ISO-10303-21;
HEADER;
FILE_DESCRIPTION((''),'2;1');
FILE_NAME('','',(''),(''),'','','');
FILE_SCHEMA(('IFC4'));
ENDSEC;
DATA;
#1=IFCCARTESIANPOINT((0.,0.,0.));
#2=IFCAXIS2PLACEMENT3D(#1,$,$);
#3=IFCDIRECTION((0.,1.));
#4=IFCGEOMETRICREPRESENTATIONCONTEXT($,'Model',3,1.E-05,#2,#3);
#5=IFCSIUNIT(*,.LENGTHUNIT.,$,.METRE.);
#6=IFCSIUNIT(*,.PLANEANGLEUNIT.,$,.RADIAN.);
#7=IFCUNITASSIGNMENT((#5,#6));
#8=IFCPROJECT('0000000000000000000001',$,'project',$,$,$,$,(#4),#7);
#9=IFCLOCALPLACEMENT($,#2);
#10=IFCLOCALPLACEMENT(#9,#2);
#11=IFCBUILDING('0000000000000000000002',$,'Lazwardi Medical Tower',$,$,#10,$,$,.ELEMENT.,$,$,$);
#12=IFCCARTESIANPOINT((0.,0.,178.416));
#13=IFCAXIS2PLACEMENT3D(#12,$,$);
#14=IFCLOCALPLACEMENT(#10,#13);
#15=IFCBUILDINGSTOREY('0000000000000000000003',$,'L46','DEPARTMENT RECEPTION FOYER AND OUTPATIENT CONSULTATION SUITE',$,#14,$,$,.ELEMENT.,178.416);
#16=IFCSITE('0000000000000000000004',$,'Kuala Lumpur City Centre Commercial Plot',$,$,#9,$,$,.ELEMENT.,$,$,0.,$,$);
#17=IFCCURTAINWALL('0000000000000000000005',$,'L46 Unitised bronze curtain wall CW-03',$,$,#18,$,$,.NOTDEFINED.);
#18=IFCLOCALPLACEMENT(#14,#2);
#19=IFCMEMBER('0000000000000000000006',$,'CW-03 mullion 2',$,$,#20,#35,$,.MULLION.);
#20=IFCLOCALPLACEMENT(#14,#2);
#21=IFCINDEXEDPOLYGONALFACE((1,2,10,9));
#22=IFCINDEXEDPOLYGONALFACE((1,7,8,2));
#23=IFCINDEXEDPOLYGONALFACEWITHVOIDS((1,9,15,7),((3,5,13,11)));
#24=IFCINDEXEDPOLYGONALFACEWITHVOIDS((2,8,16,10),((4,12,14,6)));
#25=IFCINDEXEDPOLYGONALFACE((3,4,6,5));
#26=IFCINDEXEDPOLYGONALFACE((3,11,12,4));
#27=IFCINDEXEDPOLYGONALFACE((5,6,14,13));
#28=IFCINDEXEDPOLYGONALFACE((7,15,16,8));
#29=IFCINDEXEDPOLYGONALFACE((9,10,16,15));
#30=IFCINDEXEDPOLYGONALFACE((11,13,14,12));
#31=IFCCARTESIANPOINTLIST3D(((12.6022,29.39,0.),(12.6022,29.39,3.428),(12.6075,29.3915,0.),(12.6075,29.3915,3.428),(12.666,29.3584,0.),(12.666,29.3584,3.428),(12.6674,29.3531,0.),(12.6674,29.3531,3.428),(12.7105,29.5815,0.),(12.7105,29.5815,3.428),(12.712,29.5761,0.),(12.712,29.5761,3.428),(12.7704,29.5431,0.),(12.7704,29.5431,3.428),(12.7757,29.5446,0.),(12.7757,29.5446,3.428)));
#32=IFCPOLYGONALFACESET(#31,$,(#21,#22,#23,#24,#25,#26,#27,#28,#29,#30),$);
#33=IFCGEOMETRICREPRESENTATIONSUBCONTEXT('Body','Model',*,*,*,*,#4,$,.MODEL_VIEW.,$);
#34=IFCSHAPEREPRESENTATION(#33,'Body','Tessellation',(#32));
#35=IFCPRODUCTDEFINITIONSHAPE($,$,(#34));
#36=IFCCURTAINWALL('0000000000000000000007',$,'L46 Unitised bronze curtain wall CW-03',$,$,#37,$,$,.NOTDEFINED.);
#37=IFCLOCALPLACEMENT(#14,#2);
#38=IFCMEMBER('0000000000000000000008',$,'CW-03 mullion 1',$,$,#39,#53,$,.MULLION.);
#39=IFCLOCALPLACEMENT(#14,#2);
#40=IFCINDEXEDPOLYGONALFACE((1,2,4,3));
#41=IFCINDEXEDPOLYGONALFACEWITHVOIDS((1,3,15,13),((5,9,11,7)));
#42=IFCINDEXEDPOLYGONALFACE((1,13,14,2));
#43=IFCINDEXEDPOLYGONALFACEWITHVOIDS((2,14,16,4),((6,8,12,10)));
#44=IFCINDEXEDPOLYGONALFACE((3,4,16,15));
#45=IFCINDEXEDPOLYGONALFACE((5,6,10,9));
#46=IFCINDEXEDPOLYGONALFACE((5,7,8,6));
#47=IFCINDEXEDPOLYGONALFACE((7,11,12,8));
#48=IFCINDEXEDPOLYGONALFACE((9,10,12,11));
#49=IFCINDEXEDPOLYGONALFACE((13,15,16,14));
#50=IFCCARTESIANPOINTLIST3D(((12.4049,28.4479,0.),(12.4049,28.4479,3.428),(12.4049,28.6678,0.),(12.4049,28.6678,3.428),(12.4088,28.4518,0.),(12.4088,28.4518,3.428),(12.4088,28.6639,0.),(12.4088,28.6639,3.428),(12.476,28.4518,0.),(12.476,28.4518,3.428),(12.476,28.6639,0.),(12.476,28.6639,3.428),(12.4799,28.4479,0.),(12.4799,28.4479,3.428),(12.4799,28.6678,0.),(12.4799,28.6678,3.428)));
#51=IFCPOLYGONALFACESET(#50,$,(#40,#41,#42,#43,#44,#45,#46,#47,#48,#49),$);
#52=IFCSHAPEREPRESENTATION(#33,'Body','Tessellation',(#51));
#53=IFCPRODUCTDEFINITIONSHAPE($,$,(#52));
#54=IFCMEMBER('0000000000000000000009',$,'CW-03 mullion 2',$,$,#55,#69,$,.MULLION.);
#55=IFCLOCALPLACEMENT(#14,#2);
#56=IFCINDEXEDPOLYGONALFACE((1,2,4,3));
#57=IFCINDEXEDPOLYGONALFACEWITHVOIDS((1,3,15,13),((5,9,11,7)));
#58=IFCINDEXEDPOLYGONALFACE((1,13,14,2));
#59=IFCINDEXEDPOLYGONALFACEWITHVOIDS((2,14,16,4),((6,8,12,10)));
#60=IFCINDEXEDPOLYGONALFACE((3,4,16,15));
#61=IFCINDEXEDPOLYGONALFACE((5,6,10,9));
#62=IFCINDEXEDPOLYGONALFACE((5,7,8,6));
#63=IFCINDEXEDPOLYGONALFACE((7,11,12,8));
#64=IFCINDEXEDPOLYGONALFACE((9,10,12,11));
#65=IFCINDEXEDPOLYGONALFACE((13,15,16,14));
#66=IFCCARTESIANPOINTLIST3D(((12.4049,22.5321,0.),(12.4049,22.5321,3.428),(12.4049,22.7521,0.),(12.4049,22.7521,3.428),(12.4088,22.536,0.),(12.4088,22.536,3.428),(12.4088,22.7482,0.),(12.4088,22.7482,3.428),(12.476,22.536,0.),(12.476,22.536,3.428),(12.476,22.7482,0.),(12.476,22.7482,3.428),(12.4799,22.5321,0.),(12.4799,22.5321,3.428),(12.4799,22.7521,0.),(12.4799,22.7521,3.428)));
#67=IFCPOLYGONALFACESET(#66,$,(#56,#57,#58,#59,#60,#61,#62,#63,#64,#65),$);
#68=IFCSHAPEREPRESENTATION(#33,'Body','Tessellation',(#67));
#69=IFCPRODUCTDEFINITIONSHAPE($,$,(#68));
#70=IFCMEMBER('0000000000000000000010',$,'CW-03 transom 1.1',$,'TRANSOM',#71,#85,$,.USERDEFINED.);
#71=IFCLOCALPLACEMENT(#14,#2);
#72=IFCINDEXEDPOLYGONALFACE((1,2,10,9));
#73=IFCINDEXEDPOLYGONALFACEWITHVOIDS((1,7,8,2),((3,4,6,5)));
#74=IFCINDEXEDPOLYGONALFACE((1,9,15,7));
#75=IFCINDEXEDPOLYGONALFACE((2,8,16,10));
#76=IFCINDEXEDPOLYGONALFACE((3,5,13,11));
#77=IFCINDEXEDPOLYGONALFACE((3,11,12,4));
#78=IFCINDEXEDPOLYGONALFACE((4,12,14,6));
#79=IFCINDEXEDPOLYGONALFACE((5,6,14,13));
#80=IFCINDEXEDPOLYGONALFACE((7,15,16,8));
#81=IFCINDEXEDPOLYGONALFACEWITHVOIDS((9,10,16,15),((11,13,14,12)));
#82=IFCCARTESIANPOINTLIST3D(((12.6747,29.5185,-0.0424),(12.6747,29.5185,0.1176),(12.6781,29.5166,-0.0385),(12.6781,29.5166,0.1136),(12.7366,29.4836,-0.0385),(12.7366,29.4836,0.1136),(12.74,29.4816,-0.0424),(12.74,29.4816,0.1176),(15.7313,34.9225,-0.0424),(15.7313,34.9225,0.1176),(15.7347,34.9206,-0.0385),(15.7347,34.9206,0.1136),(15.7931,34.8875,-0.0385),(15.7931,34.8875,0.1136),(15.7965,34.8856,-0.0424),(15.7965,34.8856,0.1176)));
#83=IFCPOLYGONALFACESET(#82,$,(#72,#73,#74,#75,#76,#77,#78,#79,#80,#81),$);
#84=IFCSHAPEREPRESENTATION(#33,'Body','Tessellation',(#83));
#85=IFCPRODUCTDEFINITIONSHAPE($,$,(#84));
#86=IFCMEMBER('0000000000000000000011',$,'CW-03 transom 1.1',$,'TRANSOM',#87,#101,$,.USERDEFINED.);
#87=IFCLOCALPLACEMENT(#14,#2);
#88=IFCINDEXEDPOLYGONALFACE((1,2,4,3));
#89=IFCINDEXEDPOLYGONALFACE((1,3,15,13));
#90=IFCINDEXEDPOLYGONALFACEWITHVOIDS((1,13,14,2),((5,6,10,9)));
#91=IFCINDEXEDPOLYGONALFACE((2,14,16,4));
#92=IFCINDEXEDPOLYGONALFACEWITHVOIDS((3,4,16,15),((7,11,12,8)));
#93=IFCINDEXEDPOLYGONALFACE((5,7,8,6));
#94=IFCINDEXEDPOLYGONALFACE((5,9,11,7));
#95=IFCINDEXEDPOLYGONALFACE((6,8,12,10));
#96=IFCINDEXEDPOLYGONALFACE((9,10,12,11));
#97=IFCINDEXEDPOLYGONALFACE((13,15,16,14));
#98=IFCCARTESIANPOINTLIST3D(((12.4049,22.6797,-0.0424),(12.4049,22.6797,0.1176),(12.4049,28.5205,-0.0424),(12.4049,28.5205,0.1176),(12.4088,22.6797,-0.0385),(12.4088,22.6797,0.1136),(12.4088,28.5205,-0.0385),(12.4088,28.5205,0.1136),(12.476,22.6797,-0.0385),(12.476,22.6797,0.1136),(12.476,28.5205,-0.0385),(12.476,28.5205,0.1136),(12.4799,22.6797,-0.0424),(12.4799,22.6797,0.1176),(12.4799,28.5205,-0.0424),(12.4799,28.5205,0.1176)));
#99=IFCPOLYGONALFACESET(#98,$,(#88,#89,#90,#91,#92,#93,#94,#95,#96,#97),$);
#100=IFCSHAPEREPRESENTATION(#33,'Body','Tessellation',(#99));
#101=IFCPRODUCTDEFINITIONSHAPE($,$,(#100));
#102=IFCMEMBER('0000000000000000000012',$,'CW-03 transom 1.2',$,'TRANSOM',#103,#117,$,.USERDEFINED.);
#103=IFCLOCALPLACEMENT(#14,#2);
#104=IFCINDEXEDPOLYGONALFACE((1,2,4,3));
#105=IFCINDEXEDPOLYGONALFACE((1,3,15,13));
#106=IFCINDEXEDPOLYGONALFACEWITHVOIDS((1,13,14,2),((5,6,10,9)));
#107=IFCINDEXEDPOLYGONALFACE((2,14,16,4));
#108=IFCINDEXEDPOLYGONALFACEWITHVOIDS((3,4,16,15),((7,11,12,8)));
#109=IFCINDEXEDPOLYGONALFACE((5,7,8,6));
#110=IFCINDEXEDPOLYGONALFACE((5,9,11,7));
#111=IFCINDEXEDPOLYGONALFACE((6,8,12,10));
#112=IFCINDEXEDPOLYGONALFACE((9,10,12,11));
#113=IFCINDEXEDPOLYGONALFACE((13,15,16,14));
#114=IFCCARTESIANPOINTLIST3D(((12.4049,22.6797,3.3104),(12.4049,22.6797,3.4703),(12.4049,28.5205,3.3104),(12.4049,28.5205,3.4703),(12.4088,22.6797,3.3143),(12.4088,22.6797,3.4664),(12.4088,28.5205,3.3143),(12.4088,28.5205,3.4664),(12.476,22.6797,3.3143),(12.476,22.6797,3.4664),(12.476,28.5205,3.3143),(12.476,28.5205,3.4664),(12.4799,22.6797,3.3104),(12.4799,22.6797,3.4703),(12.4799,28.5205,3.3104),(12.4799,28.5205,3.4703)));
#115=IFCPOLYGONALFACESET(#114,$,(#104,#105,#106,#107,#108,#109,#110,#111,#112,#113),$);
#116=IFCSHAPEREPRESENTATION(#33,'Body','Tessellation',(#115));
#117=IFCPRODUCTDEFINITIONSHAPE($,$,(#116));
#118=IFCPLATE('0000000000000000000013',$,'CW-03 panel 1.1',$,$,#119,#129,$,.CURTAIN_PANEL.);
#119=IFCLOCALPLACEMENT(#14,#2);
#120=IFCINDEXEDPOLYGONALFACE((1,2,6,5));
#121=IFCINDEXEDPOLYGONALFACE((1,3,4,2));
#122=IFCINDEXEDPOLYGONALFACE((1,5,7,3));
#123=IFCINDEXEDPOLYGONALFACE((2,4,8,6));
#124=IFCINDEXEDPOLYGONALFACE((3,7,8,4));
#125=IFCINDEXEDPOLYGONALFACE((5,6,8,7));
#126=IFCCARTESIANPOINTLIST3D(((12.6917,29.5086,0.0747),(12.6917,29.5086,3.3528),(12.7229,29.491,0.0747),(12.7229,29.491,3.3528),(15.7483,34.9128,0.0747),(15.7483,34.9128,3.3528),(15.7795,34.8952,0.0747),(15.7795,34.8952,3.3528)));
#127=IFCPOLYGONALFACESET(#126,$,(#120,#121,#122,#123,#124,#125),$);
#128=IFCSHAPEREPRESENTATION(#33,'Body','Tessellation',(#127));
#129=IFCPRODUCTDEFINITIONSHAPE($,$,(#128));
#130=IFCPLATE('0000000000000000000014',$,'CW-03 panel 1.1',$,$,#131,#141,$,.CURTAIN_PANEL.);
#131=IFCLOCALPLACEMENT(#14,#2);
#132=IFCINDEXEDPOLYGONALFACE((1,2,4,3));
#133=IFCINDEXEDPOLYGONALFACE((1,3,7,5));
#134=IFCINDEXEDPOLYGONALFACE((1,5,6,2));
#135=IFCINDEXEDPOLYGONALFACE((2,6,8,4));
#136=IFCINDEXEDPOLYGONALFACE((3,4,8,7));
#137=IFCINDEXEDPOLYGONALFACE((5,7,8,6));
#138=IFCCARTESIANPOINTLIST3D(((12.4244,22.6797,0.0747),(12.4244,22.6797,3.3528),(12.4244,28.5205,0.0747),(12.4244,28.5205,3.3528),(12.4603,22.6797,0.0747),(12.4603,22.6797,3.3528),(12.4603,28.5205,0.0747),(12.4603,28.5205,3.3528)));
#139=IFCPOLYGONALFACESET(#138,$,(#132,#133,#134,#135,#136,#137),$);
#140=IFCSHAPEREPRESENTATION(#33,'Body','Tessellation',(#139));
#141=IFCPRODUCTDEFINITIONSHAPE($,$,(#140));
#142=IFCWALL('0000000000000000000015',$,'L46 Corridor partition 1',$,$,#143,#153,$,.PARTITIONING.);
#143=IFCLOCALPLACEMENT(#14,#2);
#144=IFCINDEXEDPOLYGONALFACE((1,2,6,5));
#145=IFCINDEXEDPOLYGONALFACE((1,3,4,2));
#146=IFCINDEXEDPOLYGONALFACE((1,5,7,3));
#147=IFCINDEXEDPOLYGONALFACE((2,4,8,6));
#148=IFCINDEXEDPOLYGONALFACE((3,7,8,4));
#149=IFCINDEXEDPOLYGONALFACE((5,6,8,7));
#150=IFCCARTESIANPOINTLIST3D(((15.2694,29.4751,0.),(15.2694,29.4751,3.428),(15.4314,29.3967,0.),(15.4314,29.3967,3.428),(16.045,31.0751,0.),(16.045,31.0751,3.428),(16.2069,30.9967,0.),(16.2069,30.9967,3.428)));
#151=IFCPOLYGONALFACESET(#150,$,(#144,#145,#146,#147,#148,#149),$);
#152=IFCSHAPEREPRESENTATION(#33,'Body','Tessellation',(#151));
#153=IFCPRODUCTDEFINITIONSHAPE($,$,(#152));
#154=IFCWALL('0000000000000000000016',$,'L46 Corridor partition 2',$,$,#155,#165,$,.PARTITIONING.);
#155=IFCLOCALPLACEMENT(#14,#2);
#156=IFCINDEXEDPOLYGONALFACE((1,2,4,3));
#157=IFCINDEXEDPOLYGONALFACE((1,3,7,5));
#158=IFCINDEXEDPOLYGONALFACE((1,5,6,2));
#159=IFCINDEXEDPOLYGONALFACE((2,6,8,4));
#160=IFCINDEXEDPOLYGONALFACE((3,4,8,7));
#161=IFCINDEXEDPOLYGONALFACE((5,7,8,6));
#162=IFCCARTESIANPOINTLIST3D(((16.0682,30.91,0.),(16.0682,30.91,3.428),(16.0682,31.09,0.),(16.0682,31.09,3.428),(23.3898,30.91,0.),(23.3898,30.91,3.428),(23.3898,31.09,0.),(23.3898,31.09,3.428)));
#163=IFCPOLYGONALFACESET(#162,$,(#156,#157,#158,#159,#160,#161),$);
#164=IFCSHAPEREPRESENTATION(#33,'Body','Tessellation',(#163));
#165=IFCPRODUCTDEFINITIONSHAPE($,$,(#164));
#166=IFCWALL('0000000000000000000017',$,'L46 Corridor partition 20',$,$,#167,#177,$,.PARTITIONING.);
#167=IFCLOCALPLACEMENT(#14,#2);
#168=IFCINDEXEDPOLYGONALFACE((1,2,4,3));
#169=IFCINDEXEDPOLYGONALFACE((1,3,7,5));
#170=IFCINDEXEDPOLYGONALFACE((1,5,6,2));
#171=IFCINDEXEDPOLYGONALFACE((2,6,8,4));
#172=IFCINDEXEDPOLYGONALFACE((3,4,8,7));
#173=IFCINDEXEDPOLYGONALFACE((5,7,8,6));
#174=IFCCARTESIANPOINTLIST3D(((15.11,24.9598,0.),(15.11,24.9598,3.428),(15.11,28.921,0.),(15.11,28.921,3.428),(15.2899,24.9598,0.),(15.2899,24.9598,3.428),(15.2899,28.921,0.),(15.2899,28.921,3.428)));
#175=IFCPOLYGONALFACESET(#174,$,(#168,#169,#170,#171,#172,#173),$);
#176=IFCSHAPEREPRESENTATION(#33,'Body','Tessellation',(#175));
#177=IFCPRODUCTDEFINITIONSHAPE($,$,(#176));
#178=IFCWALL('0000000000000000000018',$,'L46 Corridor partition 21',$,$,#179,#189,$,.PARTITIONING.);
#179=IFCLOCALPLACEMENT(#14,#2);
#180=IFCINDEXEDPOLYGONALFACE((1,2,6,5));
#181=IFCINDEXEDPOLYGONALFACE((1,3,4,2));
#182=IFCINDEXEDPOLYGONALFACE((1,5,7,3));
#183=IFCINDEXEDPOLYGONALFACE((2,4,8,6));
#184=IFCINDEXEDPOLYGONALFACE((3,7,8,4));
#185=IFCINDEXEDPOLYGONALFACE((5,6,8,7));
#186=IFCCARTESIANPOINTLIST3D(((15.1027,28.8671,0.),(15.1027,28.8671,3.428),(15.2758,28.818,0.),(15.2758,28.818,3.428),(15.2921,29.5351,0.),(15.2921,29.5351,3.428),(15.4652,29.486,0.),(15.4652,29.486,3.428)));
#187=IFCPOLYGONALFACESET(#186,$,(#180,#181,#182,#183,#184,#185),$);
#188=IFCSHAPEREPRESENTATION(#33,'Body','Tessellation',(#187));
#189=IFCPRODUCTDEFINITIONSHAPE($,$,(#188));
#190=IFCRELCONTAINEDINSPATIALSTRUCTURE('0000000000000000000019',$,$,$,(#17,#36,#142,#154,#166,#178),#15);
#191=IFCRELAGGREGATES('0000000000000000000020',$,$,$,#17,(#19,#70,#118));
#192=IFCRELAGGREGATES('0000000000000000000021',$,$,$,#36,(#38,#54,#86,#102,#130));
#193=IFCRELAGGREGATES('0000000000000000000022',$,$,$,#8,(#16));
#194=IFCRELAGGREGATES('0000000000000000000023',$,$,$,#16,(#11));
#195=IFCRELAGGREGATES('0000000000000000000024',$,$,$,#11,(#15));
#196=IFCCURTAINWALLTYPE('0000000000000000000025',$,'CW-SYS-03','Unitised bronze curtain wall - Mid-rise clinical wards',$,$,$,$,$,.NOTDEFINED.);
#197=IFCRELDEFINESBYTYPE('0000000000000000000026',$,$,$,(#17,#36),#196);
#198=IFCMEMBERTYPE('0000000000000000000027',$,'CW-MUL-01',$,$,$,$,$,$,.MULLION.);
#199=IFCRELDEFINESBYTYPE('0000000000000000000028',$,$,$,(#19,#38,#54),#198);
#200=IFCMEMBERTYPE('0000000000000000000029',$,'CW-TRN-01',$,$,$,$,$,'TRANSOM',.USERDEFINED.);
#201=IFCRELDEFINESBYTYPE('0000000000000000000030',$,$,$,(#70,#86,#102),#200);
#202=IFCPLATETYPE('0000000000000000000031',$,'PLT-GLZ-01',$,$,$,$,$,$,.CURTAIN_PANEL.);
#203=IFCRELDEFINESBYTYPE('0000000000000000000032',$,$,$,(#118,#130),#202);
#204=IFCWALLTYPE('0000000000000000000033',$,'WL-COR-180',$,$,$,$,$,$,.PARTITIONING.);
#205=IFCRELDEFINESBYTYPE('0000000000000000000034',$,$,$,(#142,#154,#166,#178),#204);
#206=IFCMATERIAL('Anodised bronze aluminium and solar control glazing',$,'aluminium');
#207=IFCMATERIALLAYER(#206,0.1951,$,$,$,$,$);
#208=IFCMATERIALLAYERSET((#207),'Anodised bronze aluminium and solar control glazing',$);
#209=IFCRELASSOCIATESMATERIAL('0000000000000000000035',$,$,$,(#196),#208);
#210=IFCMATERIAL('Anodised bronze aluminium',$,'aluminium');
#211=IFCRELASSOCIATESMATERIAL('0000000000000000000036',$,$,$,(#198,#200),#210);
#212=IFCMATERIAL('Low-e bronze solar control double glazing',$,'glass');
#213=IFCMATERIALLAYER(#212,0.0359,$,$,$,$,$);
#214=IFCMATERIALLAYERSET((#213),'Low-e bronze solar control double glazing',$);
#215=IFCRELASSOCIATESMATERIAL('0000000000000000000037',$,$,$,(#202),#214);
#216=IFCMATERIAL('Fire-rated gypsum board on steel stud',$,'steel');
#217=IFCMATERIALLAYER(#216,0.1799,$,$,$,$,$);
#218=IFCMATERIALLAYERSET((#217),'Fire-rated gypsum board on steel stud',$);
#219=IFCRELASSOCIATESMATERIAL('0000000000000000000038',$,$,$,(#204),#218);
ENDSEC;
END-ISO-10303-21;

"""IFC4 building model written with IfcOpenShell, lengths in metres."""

from ifc_helpers import new_model, si_unit, direction, frame, frame_2d, origin, origin_2d, place, context, subcontext, project, spatial, rectangle, hollow_rectangle, extrude, material, layer, layer_set, material_profile, profile_set, type_object, element, aggregate, save


model = new_model("IFC4")

# Units and contexts
model_context = context("Model", 3, precision=1e-05, world=origin(), true_north=direction((0.0, 1.0)))
body_context = subcontext(model_context, "Body", "Model", "MODEL_VIEW")
ifc_project = project(units=[si_unit("LENGTHUNIT", "METRE"), si_unit("PLANEANGLEUNIT", "RADIAN")], contexts=[model_context])

# Site, building, storey
site_placement = place(None, origin())
site = spatial("IfcSite", under=ifc_project, at=site_placement, Name="Kuala Lumpur City Centre Commercial Plot", CompositionType="ELEMENT", RefElevation=0.0)
building_placement = place(site_placement, origin())
building = spatial("IfcBuilding", under=site, at=building_placement, Name="Lazwardi Medical Tower", CompositionType="ELEMENT")
storey_placement = place(building_placement, frame((0.0, 0.0, 178.416)))
storey = spatial("IfcBuildingStorey", under=building, at=storey_placement, Name="L46", Description="DEPARTMENT RECEPTION FOYER AND OUTPATIENT CONSULTATION SUITE", CompositionType="ELEMENT", Elevation=178.416)

# Curtain wall, member
ifc_material_1 = material(Name="Anodised bronze aluminium and solar control glazing", Category="aluminium")
ifc_layer_1 = layer(ifc_material_1, 0.1951)
ifc_layer_set_1 = layer_set([ifc_layer_1], Name="Anodised bronze aluminium and solar control glazing")
curtain_wall_type = type_object("IfcCurtainWallType", Name="CW-SYS-03", Description="Unitised bronze curtain wall - Mid-rise clinical wards", PredefinedType="NOTDEFINED", material=ifc_layer_set_1)
curtain_wall_1_placement = place(storey_placement, origin())
curtain_wall_1 = element("IfcCurtainWall", 1, at=curtain_wall_1_placement, inside=storey, type_object=curtain_wall_type, Name="L46 Unitised bronze curtain wall CW-03", PredefinedType="NOTDEFINED")
ifc_material_2 = material(Name="Anodised bronze aluminium", Category="aluminium")
ifc_material_profile_1 = material_profile(ifc_material_2, hollow_rectangle(XDim=0.075, YDim=0.22, WallThickness=0.0039, at=origin_2d()), Name="ALU-MULLION 220x75x4")
ifc_profile_set_1 = profile_set([ifc_material_profile_1], Name="Anodised bronze aluminium")
member_type_1 = type_object("IfcMemberType", Name="CW-MUL-01", PredefinedType="MULLION", material=ifc_profile_set_1)
member_1_placement = place(storey_placement, frame((12.689, 29.4673, 0.0), z_axis=(0.0, 0.0, 1.0), x_axis=(0.870419, -0.492312, 0.0)))
member_1 = element("IfcMember", 2, at=member_1_placement, type_object=member_type_1, Name="CW-03 mullion 2", PredefinedType="MULLION", context=body_context, shape_type="SweptSolid", body=[
    extrude(hollow_rectangle(XDim=0.075, YDim=0.22, WallThickness=0.0039, at=origin_2d()), origin(), (0.0, 0.0, 1.0), 3.428),
])

# Curtain wall, members
curtain_wall_2_placement = place(storey_placement, origin())
curtain_wall_2 = element("IfcCurtainWall", 3, at=curtain_wall_2_placement, inside=storey, type_object=curtain_wall_type, Name="L46 Unitised bronze curtain wall CW-03", PredefinedType="NOTDEFINED")
member_2_placement = place(storey_placement, frame((12.4424, 28.5579, 0.0), z_axis=(0.0, 0.0, 1.0), x_axis=(1.0, 0.0, 0.0)))
member_2 = element("IfcMember", 4, at=member_2_placement, type_object=member_type_1, Name="CW-03 mullion 1", PredefinedType="MULLION", context=body_context, shape_type="SweptSolid", body=[
    extrude(hollow_rectangle(XDim=0.075, YDim=0.22, WallThickness=0.0039, at=origin_2d()), origin(), (0.0, 0.0, 1.0), 3.428),
])
member_3_placement = place(storey_placement, frame((12.4424, 22.6421, 0.0), z_axis=(0.0, 0.0, 1.0), x_axis=(1.0, 0.0, 0.0)))
member_3 = element("IfcMember", 5, at=member_3_placement, type_object=member_type_1, Name="CW-03 mullion 2", PredefinedType="MULLION", context=body_context, shape_type="SweptSolid", body=[
    extrude(hollow_rectangle(XDim=0.075, YDim=0.22, WallThickness=0.0039, at=origin_2d()), origin(), (0.0, 0.0, 1.0), 3.428),
])

# Members
ifc_material_profile_2 = material_profile(ifc_material_2, hollow_rectangle(XDim=0.075, YDim=0.1599, WallThickness=0.0039, at=origin_2d()), Name="ALU-TRANSOM 160x75x4")
ifc_profile_set_2 = profile_set([ifc_material_profile_2], Name="Anodised bronze aluminium")
member_type_2 = type_object("IfcMemberType", Name="CW-TRN-01", ElementType="TRANSOM", PredefinedType="USERDEFINED", material=ifc_profile_set_2)
member_4_placement = place(storey_placement, frame((15.7639, 34.9041, 0.0376), z_axis=(-0.492323, -0.870413, 0.0), x_axis=(0.870413, -0.492323, 0.0)))
member_4 = element("IfcMember", 6, at=member_4_placement, type_object=member_type_2, Name="CW-03 transom 1.1", ObjectType="TRANSOM", PredefinedType="USERDEFINED", context=body_context, shape_type="SweptSolid", body=[
    extrude(hollow_rectangle(XDim=0.075, YDim=0.1599, WallThickness=0.0039, at=origin_2d()), origin(), (0.0, 0.0, 1.0), 6.2085),
])
member_5_placement = place(storey_placement, frame((12.4424, 28.5205, 0.0376), z_axis=(0.0, -1.0, 0.0), x_axis=(1.0, 0.0, 0.0)))
member_5 = element("IfcMember", 7, at=member_5_placement, type_object=member_type_2, Name="CW-03 transom 1.1", ObjectType="TRANSOM", PredefinedType="USERDEFINED", context=body_context, shape_type="SweptSolid", body=[
    extrude(hollow_rectangle(XDim=0.075, YDim=0.1599, WallThickness=0.0039, at=origin_2d()), origin(), (0.0, 0.0, 1.0), 5.8408),
])
member_6_placement = place(storey_placement, frame((12.4424, 28.5205, 3.3904), z_axis=(0.0, -1.0, 0.0), x_axis=(1.0, 0.0, 0.0)))
member_6 = element("IfcMember", 8, at=member_6_placement, type_object=member_type_2, Name="CW-03 transom 1.2", ObjectType="TRANSOM", PredefinedType="USERDEFINED", context=body_context, shape_type="SweptSolid", body=[
    extrude(hollow_rectangle(XDim=0.075, YDim=0.1599, WallThickness=0.0039, at=origin_2d()), origin(), (0.0, 0.0, 1.0), 5.8408),
])

# Plates
ifc_material_3 = material(Name="Low-e bronze solar control double glazing", Category="glass")
ifc_layer_2 = layer(ifc_material_3, 0.0359)
ifc_layer_set_2 = layer_set([ifc_layer_2], Name="Low-e bronze solar control double glazing")
plate_type = type_object("IfcPlateType", Name="PLT-GLZ-01", PredefinedType="CURTAIN_PANEL", material=ifc_layer_set_2)
plate_1_placement = place(storey_placement, frame((14.2356, 32.2019, 0.0747), z_axis=(0.0, 0.0, 1.0), x_axis=(-0.492312, -0.870419, 0.0)))
plate_1 = element("IfcPlate", 9, at=plate_1_placement, type_object=plate_type, Name="CW-03 panel 1.1", PredefinedType="CURTAIN_PANEL", context=body_context, shape_type="SweptSolid", body=[
    extrude(rectangle(XDim=6.2087, YDim=0.0359, at=origin_2d()), origin(), (0.0, 0.0, 1.0), 3.2781),
])
aggregate(curtain_wall_1, [member_1, member_4, plate_1])
plate_2_placement = place(storey_placement, frame((12.4424, 25.6001, 0.0747), z_axis=(0.0, 0.0, 1.0), x_axis=(0.0, -1.0, 0.0)))
plate_2 = element("IfcPlate", 10, at=plate_2_placement, type_object=plate_type, Name="CW-03 panel 1.1", PredefinedType="CURTAIN_PANEL", context=body_context, shape_type="SweptSolid", body=[
    extrude(rectangle(XDim=5.8408, YDim=0.0359, at=origin_2d()), origin(), (0.0, 0.0, 1.0), 3.2781),
])
aggregate(curtain_wall_2, [member_2, member_3, member_5, member_6, plate_2])

# Walls
ifc_material_4 = material(Name="Fire-rated gypsum board on steel stud", Category="steel")
ifc_layer_3 = layer(ifc_material_4, 0.1799)
ifc_layer_set_3 = layer_set([ifc_layer_3], Name="Fire-rated gypsum board on steel stud")
wall_type_1 = type_object("IfcWallType", Name="WL-COR-180", PredefinedType="PARTITIONING", material=ifc_layer_set_3)
wall_1_placement = place(storey_placement, frame((15.3503, 29.4358, 0.0), z_axis=(0.0, 0.0, 1.0), x_axis=(0.436196, 0.899852, 0.0)))
element("IfcWall", 11, at=wall_1_placement, inside=storey, type_object=wall_type_1, Name="L46 Corridor partition 1", PredefinedType="PARTITIONING", context=body_context, shape_type="SweptSolid", body=[
    extrude(rectangle(XDim=1.7781, YDim=0.1799, at=frame_2d((0.8892, 0.0))), origin(), (0.0, 0.0, 1.0), 3.428),
])
wall_2_placement = place(storey_placement, frame((16.0684, 31.0, 0.0), z_axis=(0.0, 0.0, 1.0), x_axis=(1.0, 0.0, 0.0)))
element("IfcWall", 12, at=wall_2_placement, inside=storey, type_object=wall_type_1, Name="L46 Corridor partition 2", PredefinedType="PARTITIONING", context=body_context, shape_type="SweptSolid", body=[
    extrude(rectangle(XDim=7.3215, YDim=0.1799, at=frame_2d((3.6606, 0.0))), origin(), (0.0, 0.0, 1.0), 3.428),
])
wall_3_placement = place(storey_placement, frame((15.2, 24.96, 0.0), z_axis=(0.0, 0.0, 1.0), x_axis=(0.0, 1.0, 0.0)))
element("IfcWall", 13, at=wall_3_placement, inside=storey, type_object=wall_type_1, Name="L46 Corridor partition 20", PredefinedType="PARTITIONING", context=body_context, shape_type="SweptSolid", body=[
    extrude(rectangle(XDim=3.9612, YDim=0.1799, at=frame_2d((1.9805, 0.0))), origin(), (0.0, 0.0, 1.0), 3.428),
])
wall_4_placement = place(storey_placement, frame((15.1892, 28.8425, 0.0), z_axis=(0.0, 0.0, 1.0), x_axis=(0.272863, 0.962053, 0.0)))
element("IfcWall", 14, at=wall_4_placement, inside=storey, type_object=wall_type_1, Name="L46 Corridor partition 21", PredefinedType="PARTITIONING", context=body_context, shape_type="SweptSolid", body=[
    extrude(rectangle(XDim=0.6943, YDim=0.1799, at=frame_2d((0.3472, 0.0))), origin(), (0.0, 0.0, 1.0), 3.428),
])

save(model, "model.ifc")
